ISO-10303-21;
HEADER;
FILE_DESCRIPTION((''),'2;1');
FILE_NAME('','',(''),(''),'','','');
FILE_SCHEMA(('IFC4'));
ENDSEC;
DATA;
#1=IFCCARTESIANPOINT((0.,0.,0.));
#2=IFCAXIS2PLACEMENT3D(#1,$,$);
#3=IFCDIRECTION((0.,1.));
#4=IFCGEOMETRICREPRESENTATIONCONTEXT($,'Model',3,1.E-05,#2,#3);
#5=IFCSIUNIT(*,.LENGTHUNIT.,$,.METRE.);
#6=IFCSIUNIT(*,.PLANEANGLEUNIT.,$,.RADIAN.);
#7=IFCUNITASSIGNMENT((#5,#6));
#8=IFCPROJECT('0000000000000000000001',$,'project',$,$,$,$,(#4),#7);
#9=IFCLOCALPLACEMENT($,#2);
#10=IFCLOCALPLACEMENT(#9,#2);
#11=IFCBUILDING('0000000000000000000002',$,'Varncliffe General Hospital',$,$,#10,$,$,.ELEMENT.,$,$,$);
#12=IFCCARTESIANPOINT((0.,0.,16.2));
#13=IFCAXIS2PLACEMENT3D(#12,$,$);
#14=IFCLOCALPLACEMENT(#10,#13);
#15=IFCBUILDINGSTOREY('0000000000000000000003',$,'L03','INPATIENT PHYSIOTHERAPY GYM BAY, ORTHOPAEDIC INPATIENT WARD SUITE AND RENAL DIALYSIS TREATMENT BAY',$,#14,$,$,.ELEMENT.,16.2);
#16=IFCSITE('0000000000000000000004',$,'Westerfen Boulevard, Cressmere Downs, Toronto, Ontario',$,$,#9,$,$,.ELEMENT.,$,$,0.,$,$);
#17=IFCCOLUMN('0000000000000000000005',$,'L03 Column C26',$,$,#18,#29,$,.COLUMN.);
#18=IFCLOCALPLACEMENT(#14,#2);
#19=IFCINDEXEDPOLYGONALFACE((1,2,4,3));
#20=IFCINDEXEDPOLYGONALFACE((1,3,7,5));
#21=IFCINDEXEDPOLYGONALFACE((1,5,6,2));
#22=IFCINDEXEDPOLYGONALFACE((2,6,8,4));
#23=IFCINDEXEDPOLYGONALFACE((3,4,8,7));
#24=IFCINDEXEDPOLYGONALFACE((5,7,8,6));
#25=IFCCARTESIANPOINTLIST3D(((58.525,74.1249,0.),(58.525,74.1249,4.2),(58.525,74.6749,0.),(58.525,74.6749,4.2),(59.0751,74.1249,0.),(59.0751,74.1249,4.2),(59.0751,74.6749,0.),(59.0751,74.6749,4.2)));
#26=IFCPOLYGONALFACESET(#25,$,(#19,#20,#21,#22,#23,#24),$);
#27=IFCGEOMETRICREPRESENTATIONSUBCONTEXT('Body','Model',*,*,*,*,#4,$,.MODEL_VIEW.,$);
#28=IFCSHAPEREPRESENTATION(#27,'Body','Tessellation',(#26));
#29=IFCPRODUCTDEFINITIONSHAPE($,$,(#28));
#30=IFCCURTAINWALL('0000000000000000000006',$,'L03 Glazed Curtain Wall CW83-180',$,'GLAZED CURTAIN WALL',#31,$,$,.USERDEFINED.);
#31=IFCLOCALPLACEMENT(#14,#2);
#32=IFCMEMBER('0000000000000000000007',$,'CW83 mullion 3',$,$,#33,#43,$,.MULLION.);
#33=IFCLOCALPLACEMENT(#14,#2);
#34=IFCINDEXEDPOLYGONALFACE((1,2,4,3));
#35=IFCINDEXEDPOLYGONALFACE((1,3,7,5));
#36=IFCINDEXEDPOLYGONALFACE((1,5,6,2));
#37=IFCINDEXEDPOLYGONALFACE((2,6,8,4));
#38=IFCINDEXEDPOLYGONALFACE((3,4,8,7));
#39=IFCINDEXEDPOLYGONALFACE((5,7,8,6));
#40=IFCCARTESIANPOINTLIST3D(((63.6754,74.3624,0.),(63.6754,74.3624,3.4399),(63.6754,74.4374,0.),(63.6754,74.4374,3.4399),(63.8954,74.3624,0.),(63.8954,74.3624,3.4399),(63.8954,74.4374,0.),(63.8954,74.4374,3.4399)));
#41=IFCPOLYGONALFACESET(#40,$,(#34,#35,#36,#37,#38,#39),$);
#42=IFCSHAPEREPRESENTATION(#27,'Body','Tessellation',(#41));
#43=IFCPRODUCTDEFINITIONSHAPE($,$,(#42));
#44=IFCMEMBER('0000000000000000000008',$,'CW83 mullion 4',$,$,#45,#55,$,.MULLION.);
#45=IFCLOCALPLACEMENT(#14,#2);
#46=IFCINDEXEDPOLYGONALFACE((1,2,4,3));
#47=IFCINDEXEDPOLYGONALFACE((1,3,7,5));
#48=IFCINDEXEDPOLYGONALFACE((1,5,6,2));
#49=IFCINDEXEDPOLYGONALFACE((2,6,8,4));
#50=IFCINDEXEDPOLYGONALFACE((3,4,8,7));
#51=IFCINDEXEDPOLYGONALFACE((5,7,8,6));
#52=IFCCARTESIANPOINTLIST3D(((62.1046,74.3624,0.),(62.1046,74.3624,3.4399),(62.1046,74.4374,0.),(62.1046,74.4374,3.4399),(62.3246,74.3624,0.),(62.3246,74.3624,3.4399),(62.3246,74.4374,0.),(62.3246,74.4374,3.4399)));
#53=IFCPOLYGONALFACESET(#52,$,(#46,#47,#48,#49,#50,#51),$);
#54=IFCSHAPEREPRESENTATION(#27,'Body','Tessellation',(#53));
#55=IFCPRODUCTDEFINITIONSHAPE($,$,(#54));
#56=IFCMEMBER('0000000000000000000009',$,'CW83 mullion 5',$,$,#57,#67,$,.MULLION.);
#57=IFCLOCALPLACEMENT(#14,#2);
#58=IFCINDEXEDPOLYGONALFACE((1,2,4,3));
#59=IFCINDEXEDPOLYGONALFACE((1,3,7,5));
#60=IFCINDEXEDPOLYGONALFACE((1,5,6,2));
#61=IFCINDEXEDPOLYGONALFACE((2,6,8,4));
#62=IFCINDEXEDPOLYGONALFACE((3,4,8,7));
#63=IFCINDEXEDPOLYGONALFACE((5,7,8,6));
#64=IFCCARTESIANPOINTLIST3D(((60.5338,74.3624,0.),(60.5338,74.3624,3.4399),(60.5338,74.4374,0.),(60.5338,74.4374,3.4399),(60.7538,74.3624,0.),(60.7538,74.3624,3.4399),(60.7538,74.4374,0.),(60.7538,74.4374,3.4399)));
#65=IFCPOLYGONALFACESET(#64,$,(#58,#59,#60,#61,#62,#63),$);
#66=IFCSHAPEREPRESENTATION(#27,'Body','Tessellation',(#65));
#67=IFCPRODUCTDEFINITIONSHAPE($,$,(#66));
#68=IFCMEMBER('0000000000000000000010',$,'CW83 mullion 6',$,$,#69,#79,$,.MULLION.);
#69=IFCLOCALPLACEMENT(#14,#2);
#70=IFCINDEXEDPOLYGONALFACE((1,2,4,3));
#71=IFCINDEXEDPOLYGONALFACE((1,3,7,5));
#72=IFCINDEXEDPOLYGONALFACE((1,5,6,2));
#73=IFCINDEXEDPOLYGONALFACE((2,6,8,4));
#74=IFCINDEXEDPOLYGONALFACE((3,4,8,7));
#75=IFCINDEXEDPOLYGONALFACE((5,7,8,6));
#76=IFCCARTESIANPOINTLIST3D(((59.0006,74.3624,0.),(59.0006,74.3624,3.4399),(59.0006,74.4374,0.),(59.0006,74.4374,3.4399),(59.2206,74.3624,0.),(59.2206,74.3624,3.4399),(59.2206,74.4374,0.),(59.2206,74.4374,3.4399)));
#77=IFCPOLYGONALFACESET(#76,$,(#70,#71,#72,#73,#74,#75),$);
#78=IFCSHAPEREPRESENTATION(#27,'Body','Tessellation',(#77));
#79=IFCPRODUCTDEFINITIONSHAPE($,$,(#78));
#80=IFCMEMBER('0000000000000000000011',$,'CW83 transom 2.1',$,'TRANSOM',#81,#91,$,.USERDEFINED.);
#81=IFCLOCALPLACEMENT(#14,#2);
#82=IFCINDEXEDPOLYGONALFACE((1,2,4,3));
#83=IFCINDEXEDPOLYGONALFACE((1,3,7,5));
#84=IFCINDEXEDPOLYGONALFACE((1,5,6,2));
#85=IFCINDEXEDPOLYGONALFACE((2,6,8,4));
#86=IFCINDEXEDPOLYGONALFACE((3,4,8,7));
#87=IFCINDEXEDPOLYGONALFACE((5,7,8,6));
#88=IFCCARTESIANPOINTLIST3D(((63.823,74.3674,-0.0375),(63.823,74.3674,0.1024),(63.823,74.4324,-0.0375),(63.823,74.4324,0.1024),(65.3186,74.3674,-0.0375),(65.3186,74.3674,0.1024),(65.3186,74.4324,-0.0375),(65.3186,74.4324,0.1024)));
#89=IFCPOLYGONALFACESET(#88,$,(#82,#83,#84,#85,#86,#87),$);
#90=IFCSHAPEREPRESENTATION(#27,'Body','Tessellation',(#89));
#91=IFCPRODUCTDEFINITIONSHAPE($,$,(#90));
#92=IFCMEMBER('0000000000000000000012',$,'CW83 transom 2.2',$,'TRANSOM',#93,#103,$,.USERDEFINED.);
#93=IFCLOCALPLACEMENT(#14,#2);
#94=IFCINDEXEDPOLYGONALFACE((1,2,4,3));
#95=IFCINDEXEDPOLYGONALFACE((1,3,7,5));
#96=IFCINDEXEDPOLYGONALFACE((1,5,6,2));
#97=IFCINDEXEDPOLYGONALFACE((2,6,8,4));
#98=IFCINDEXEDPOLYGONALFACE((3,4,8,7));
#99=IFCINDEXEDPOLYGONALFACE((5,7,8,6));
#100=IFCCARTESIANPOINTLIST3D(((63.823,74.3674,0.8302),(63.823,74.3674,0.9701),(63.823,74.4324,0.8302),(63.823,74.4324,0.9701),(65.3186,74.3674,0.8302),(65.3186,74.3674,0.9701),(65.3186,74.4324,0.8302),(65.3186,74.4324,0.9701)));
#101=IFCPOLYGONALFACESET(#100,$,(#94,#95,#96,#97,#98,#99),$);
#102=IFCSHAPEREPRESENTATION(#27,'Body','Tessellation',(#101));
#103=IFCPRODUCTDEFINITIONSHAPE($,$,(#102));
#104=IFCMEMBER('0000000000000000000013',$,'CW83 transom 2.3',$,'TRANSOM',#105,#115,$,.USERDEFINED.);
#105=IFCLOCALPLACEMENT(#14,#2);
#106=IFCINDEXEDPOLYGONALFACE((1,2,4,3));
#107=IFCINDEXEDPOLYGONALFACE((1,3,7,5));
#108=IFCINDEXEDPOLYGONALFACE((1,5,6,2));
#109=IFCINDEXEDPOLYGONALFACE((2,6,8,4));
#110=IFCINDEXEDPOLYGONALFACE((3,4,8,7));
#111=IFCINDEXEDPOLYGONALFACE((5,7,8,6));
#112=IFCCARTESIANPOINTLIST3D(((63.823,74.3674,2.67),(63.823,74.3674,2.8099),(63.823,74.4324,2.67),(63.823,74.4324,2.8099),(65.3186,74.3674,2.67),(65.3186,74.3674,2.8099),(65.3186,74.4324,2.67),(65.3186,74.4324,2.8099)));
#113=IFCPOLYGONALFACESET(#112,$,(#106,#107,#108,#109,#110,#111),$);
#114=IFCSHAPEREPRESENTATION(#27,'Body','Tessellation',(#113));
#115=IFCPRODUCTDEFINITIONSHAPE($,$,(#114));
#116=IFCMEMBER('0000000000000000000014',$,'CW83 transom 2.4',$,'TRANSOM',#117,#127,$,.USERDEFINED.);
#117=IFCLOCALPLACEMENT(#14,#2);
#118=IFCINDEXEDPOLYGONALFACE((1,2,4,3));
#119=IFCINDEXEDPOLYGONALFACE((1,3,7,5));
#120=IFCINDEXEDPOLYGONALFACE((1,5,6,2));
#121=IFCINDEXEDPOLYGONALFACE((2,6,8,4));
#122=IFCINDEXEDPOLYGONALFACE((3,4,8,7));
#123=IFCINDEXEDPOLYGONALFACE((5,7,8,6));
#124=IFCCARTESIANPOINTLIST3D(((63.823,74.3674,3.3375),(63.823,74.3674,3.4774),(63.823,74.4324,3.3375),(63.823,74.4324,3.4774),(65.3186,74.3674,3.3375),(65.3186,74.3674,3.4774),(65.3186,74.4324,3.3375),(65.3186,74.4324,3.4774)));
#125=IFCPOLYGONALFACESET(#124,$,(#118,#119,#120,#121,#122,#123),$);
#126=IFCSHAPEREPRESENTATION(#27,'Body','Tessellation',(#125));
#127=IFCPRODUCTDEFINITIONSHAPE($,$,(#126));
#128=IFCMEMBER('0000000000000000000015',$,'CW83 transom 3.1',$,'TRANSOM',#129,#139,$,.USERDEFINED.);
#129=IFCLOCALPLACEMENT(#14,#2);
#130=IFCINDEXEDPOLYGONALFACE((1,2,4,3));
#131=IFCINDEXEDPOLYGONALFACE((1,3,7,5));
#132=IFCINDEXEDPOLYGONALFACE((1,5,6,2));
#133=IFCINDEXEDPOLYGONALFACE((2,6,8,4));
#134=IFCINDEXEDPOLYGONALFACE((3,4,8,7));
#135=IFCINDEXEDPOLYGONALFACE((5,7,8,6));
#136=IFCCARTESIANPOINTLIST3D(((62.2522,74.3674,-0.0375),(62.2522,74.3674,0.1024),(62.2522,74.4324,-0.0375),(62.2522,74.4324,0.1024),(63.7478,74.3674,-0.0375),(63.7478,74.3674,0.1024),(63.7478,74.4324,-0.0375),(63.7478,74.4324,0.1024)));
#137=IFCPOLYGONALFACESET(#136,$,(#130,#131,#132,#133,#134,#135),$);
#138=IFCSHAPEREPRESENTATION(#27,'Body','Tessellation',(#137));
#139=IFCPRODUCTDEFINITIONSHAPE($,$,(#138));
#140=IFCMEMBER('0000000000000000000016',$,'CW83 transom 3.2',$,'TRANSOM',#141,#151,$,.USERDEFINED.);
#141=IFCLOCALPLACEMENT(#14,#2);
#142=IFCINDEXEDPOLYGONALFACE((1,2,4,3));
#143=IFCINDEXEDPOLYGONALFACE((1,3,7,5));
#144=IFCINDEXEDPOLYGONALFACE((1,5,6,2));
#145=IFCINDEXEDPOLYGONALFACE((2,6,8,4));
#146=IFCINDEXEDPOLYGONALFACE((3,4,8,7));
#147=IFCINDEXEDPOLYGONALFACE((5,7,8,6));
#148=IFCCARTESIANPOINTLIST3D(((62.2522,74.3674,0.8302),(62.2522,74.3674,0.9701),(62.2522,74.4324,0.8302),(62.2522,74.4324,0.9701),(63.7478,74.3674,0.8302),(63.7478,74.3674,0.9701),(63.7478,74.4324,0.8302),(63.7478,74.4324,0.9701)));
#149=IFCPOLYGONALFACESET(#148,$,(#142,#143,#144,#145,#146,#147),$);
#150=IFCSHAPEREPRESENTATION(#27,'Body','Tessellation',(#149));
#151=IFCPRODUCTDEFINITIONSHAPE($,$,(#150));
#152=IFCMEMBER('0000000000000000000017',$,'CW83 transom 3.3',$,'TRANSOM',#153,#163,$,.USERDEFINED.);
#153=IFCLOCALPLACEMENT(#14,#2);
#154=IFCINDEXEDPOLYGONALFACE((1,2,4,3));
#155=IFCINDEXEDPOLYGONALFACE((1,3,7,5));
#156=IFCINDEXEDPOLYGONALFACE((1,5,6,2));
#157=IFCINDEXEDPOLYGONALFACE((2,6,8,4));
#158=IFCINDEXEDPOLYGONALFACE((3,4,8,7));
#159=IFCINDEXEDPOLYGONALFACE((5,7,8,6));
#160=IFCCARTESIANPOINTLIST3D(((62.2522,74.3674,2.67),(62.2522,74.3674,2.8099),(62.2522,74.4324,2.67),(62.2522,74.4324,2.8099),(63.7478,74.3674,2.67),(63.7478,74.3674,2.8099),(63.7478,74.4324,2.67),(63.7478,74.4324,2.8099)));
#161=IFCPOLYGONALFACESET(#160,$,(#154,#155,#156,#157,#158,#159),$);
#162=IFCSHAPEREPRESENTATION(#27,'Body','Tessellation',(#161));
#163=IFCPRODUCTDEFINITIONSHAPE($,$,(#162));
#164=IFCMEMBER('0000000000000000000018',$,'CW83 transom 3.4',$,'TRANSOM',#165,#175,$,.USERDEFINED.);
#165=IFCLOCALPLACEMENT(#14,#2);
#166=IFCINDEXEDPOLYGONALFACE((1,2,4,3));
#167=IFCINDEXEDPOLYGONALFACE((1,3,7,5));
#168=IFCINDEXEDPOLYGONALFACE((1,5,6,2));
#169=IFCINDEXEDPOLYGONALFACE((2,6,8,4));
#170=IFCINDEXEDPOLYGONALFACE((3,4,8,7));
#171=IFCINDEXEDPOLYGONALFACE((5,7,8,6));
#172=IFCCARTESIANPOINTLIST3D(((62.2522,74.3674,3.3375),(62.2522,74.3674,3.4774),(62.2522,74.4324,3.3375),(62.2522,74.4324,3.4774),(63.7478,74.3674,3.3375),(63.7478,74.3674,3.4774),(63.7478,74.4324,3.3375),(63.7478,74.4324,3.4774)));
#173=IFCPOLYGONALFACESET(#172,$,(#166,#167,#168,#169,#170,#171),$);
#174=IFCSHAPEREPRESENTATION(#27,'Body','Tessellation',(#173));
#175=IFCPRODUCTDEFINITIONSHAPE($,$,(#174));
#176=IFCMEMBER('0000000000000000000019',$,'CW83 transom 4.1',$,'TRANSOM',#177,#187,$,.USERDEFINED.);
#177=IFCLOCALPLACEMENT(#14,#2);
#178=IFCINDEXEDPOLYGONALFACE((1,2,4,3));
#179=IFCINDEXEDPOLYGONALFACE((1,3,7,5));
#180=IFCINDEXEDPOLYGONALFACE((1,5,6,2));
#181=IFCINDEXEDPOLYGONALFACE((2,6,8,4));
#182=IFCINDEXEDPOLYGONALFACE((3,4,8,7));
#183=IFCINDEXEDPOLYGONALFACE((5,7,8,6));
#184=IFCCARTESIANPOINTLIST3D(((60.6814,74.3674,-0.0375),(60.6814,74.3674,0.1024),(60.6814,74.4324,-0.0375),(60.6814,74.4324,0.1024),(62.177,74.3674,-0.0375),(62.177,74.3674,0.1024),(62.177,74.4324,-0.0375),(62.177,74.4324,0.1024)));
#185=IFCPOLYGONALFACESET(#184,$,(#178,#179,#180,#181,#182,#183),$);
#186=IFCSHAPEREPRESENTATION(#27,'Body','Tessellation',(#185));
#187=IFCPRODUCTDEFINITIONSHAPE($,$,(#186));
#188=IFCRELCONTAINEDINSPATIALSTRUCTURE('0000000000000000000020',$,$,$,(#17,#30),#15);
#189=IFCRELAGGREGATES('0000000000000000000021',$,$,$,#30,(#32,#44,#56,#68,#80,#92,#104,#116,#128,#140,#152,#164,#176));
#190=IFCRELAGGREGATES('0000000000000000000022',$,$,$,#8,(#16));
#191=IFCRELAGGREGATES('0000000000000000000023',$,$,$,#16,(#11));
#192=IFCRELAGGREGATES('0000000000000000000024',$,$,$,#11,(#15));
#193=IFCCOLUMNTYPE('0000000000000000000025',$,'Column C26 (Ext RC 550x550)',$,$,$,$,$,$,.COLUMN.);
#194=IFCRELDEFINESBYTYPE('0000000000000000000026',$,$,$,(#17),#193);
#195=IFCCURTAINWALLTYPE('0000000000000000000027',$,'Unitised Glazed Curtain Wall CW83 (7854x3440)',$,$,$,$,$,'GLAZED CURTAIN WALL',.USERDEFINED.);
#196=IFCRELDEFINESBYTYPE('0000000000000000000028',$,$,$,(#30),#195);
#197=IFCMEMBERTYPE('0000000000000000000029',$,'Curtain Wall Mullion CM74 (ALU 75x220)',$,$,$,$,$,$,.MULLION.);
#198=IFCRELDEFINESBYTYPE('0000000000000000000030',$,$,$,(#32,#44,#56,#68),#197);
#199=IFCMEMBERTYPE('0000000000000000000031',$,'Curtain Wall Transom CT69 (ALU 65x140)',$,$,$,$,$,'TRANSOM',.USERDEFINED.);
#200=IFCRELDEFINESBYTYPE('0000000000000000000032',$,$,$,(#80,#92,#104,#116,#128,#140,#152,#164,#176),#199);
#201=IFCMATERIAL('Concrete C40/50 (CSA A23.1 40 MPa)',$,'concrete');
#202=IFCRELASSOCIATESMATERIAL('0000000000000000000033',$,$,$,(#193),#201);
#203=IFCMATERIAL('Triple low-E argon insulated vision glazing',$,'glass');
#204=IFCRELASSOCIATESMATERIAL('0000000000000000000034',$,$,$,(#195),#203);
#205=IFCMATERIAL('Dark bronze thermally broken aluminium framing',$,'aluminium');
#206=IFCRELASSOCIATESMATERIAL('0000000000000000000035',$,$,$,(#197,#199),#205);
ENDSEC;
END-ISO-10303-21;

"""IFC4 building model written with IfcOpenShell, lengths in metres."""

from ifc_helpers import new_model, si_unit, direction, frame, origin, origin_2d, place, context, subcontext, project, spatial, rectangle, extrude, material, material_profile, profile_set, type_object, element, aggregate, save


model = new_model("IFC4")

# Units and contexts
model_context = context("Model", 3, precision=1e-05, world=origin(), true_north=direction((0.0, 1.0)))
body_context = subcontext(model_context, "Body", "Model", "MODEL_VIEW")
ifc_project = project(units=[si_unit("LENGTHUNIT", "METRE"), si_unit("PLANEANGLEUNIT", "RADIAN")], contexts=[model_context])

# Site, building, storey
site_placement = place(None, origin())
site = spatial("IfcSite", under=ifc_project, at=site_placement, Name="Westerfen Boulevard, Cressmere Downs, Toronto, Ontario", CompositionType="ELEMENT", RefElevation=0.0)
building_placement = place(site_placement, origin())
building = spatial("IfcBuilding", under=site, at=building_placement, Name="Varncliffe General Hospital", CompositionType="ELEMENT")
storey_placement = place(building_placement, frame((0.0, 0.0, 16.2)))
storey = spatial("IfcBuildingStorey", under=building, at=storey_placement, Name="L03", Description="INPATIENT PHYSIOTHERAPY GYM BAY, ORTHOPAEDIC INPATIENT WARD SUITE AND RENAL DIALYSIS TREATMENT BAY", CompositionType="ELEMENT", Elevation=16.2)

# Column
ifc_material_1 = material(Name="Concrete C40/50 (CSA A23.1 40 MPa)", Category="concrete")
ifc_material_profile_1 = material_profile(ifc_material_1, rectangle(XDim=0.55, YDim=0.55, at=origin_2d()), Name="RC 550x550")
ifc_profile_set_1 = profile_set([ifc_material_profile_1], Name="Concrete C40/50 (CSA A23.1 40 MPa)")
column_type = type_object("IfcColumnType", Name="Column C26 (Ext RC 550x550)", PredefinedType="COLUMN", material=ifc_profile_set_1)
column_placement = place(storey_placement, frame((58.8, 74.3999, 0.0), z_axis=(0.0, 0.0, 1.0), x_axis=(1.0, 0.0, 0.0)))
element("IfcColumn", 1, at=column_placement, inside=storey, type_object=column_type, Name="L03 Column C26", PredefinedType="COLUMN", context=body_context, shape_type="SweptSolid", body=[
    extrude(rectangle(XDim=0.55, YDim=0.55, at=origin_2d()), origin(), (0.0, 0.0, 1.0), 4.2),
])

# Curtain wall, members
ifc_material_2 = material(Name="Triple low-E argon insulated vision glazing", Category="glass")
curtain_wall_type = type_object("IfcCurtainWallType", Name="Unitised Glazed Curtain Wall CW83 (7854x3440)", ElementType="GLAZED CURTAIN WALL", PredefinedType="USERDEFINED", material=ifc_material_2)
curtain_wall_placement = place(storey_placement, origin())
curtain_wall = element("IfcCurtainWall", 2, at=curtain_wall_placement, inside=storey, type_object=curtain_wall_type, Name="L03 Glazed Curtain Wall CW83-180", ObjectType="GLAZED CURTAIN WALL", PredefinedType="USERDEFINED")
ifc_material_3 = material(Name="Dark bronze thermally broken aluminium framing", Category="aluminium")
ifc_material_profile_2 = material_profile(ifc_material_3, rectangle(XDim=0.075, YDim=0.22, at=origin_2d()), Name="ALU 75x220")
ifc_profile_set_2 = profile_set([ifc_material_profile_2], Name="Dark bronze thermally broken aluminium framing")
member_type_1 = type_object("IfcMemberType", Name="Curtain Wall Mullion CM74 (ALU 75x220)", PredefinedType="MULLION", material=ifc_profile_set_2)
member_1_placement = place(storey_placement, frame((63.7854, 74.3999, 0.0), z_axis=(0.0, 0.0, 1.0), x_axis=(0.0, -1.0, 0.0)))
member_1 = element("IfcMember", 3, at=member_1_placement, type_object=member_type_1, Name="CW83 mullion 3", PredefinedType="MULLION", context=body_context, shape_type="SweptSolid", body=[
    extrude(rectangle(XDim=0.075, YDim=0.22, at=origin_2d()), origin(), (0.0, 0.0, 1.0), 3.4399),
])
member_2_placement = place(storey_placement, frame((62.2146, 74.3999, 0.0), z_axis=(0.0, 0.0, 1.0), x_axis=(0.0, -1.0, 0.0)))
member_2 = element("IfcMember", 4, at=member_2_placement, type_object=member_type_1, Name="CW83 mullion 4", PredefinedType="MULLION", context=body_context, shape_type="SweptSolid", body=[
    extrude(rectangle(XDim=0.075, YDim=0.22, at=origin_2d()), origin(), (0.0, 0.0, 1.0), 3.4399),
])
member_3_placement = place(storey_placement, frame((60.6438, 74.3999, 0.0), z_axis=(0.0, 0.0, 1.0), x_axis=(0.0, -1.0, 0.0)))
member_3 = element("IfcMember", 5, at=member_3_placement, type_object=member_type_1, Name="CW83 mullion 5", PredefinedType="MULLION", context=body_context, shape_type="SweptSolid", body=[
    extrude(rectangle(XDim=0.075, YDim=0.22, at=origin_2d()), origin(), (0.0, 0.0, 1.0), 3.4399),
])
member_4_placement = place(storey_placement, frame((59.1106, 74.3999, 0.0), z_axis=(0.0, 0.0, 1.0), x_axis=(0.0, -1.0, 0.0)))
member_4 = element("IfcMember", 6, at=member_4_placement, type_object=member_type_1, Name="CW83 mullion 6", PredefinedType="MULLION", context=body_context, shape_type="SweptSolid", body=[
    extrude(rectangle(XDim=0.075, YDim=0.22, at=origin_2d()), origin(), (0.0, 0.0, 1.0), 3.4399),
])
ifc_material_profile_3 = material_profile(ifc_material_3, rectangle(XDim=0.0649, YDim=0.1399, at=origin_2d()), Name="ALU 65x140")
ifc_profile_set_3 = profile_set([ifc_material_profile_3], Name="Dark bronze thermally broken aluminium framing")
member_type_2 = type_object("IfcMemberType", Name="Curtain Wall Transom CT69 (ALU 65x140)", ElementType="TRANSOM", PredefinedType="USERDEFINED", material=ifc_profile_set_3)
member_5_placement = place(storey_placement, frame((65.3186, 74.3999, 0.0325), z_axis=(-1.0, 0.0, 0.0), x_axis=(0.0, -1.0, 0.0)))
member_5 = element("IfcMember", 7, at=member_5_placement, type_object=member_type_2, Name="CW83 transom 2.1", ObjectType="TRANSOM", PredefinedType="USERDEFINED", context=body_context, shape_type="SweptSolid", body=[
    extrude(rectangle(XDim=0.0649, YDim=0.1399, at=origin_2d()), origin(), (0.0, 0.0, 1.0), 1.4956),
])
member_6_placement = place(storey_placement, frame((65.3186, 74.3999, 0.9001), z_axis=(-1.0, 0.0, 0.0), x_axis=(0.0, -1.0, 0.0)))
member_6 = element("IfcMember", 8, at=member_6_placement, type_object=member_type_2, Name="CW83 transom 2.2", ObjectType="TRANSOM", PredefinedType="USERDEFINED", context=body_context, shape_type="SweptSolid", body=[
    extrude(rectangle(XDim=0.0649, YDim=0.1399, at=origin_2d()), origin(), (0.0, 0.0, 1.0), 1.4956),
])
member_7_placement = place(storey_placement, frame((65.3186, 74.3999, 2.74), z_axis=(-1.0, 0.0, 0.0), x_axis=(0.0, -1.0, 0.0)))
member_7 = element("IfcMember", 9, at=member_7_placement, type_object=member_type_2, Name="CW83 transom 2.3", ObjectType="TRANSOM", PredefinedType="USERDEFINED", context=body_context, shape_type="SweptSolid", body=[
    extrude(rectangle(XDim=0.0649, YDim=0.1399, at=origin_2d()), origin(), (0.0, 0.0, 1.0), 1.4956),
])
member_8_placement = place(storey_placement, frame((65.3186, 74.3999, 3.4075), z_axis=(-1.0, 0.0, 0.0), x_axis=(0.0, -1.0, 0.0)))
member_8 = element("IfcMember", 10, at=member_8_placement, type_object=member_type_2, Name="CW83 transom 2.4", ObjectType="TRANSOM", PredefinedType="USERDEFINED", context=body_context, shape_type="SweptSolid", body=[
    extrude(rectangle(XDim=0.0649, YDim=0.1399, at=origin_2d()), origin(), (0.0, 0.0, 1.0), 1.4956),
])
member_9_placement = place(storey_placement, frame((63.7478, 74.3999, 0.0325), z_axis=(-1.0, 0.0, 0.0), x_axis=(0.0, -1.0, 0.0)))
member_9 = element("IfcMember", 11, at=member_9_placement, type_object=member_type_2, Name="CW83 transom 3.1", ObjectType="TRANSOM", PredefinedType="USERDEFINED", context=body_context, shape_type="SweptSolid", body=[
    extrude(rectangle(XDim=0.0649, YDim=0.1399, at=origin_2d()), origin(), (0.0, 0.0, 1.0), 1.4956),
])
member_10_placement = place(storey_placement, frame((63.7478, 74.3999, 0.9001), z_axis=(-1.0, 0.0, 0.0), x_axis=(0.0, -1.0, 0.0)))
member_10 = element("IfcMember", 12, at=member_10_placement, type_object=member_type_2, Name="CW83 transom 3.2", ObjectType="TRANSOM", PredefinedType="USERDEFINED", context=body_context, shape_type="SweptSolid", body=[
    extrude(rectangle(XDim=0.0649, YDim=0.1399, at=origin_2d()), origin(), (0.0, 0.0, 1.0), 1.4956),
])
member_11_placement = place(storey_placement, frame((63.7478, 74.3999, 2.74), z_axis=(-1.0, 0.0, 0.0), x_axis=(0.0, -1.0, 0.0)))
member_11 = element("IfcMember", 13, at=member_11_placement, type_object=member_type_2, Name="CW83 transom 3.3", ObjectType="TRANSOM", PredefinedType="USERDEFINED", context=body_context, shape_type="SweptSolid", body=[
    extrude(rectangle(XDim=0.0649, YDim=0.1399, at=origin_2d()), origin(), (0.0, 0.0, 1.0), 1.4956),
])
member_12_placement = place(storey_placement, frame((63.7478, 74.3999, 3.4075), z_axis=(-1.0, 0.0, 0.0), x_axis=(0.0, -1.0, 0.0)))
member_12 = element("IfcMember", 14, at=member_12_placement, type_object=member_type_2, Name="CW83 transom 3.4", ObjectType="TRANSOM", PredefinedType="USERDEFINED", context=body_context, shape_type="SweptSolid", body=[
    extrude(rectangle(XDim=0.0649, YDim=0.1399, at=origin_2d()), origin(), (0.0, 0.0, 1.0), 1.4956),
])
member_13_placement = place(storey_placement, frame((62.177, 74.3999, 0.0325), z_axis=(-1.0, 0.0, 0.0), x_axis=(0.0, -1.0, 0.0)))
member_13 = element("IfcMember", 15, at=member_13_placement, type_object=member_type_2, Name="CW83 transom 4.1", ObjectType="TRANSOM", PredefinedType="USERDEFINED", context=body_context, shape_type="SweptSolid", body=[
    extrude(rectangle(XDim=0.0649, YDim=0.1399, at=origin_2d()), origin(), (0.0, 0.0, 1.0), 1.4956),
])

aggregate(curtain_wall, [member_1, member_2, member_3, member_4, member_5, member_6, member_7, member_8, member_9, member_10, member_11, member_12, member_13])

save(model, "model.ifc")
